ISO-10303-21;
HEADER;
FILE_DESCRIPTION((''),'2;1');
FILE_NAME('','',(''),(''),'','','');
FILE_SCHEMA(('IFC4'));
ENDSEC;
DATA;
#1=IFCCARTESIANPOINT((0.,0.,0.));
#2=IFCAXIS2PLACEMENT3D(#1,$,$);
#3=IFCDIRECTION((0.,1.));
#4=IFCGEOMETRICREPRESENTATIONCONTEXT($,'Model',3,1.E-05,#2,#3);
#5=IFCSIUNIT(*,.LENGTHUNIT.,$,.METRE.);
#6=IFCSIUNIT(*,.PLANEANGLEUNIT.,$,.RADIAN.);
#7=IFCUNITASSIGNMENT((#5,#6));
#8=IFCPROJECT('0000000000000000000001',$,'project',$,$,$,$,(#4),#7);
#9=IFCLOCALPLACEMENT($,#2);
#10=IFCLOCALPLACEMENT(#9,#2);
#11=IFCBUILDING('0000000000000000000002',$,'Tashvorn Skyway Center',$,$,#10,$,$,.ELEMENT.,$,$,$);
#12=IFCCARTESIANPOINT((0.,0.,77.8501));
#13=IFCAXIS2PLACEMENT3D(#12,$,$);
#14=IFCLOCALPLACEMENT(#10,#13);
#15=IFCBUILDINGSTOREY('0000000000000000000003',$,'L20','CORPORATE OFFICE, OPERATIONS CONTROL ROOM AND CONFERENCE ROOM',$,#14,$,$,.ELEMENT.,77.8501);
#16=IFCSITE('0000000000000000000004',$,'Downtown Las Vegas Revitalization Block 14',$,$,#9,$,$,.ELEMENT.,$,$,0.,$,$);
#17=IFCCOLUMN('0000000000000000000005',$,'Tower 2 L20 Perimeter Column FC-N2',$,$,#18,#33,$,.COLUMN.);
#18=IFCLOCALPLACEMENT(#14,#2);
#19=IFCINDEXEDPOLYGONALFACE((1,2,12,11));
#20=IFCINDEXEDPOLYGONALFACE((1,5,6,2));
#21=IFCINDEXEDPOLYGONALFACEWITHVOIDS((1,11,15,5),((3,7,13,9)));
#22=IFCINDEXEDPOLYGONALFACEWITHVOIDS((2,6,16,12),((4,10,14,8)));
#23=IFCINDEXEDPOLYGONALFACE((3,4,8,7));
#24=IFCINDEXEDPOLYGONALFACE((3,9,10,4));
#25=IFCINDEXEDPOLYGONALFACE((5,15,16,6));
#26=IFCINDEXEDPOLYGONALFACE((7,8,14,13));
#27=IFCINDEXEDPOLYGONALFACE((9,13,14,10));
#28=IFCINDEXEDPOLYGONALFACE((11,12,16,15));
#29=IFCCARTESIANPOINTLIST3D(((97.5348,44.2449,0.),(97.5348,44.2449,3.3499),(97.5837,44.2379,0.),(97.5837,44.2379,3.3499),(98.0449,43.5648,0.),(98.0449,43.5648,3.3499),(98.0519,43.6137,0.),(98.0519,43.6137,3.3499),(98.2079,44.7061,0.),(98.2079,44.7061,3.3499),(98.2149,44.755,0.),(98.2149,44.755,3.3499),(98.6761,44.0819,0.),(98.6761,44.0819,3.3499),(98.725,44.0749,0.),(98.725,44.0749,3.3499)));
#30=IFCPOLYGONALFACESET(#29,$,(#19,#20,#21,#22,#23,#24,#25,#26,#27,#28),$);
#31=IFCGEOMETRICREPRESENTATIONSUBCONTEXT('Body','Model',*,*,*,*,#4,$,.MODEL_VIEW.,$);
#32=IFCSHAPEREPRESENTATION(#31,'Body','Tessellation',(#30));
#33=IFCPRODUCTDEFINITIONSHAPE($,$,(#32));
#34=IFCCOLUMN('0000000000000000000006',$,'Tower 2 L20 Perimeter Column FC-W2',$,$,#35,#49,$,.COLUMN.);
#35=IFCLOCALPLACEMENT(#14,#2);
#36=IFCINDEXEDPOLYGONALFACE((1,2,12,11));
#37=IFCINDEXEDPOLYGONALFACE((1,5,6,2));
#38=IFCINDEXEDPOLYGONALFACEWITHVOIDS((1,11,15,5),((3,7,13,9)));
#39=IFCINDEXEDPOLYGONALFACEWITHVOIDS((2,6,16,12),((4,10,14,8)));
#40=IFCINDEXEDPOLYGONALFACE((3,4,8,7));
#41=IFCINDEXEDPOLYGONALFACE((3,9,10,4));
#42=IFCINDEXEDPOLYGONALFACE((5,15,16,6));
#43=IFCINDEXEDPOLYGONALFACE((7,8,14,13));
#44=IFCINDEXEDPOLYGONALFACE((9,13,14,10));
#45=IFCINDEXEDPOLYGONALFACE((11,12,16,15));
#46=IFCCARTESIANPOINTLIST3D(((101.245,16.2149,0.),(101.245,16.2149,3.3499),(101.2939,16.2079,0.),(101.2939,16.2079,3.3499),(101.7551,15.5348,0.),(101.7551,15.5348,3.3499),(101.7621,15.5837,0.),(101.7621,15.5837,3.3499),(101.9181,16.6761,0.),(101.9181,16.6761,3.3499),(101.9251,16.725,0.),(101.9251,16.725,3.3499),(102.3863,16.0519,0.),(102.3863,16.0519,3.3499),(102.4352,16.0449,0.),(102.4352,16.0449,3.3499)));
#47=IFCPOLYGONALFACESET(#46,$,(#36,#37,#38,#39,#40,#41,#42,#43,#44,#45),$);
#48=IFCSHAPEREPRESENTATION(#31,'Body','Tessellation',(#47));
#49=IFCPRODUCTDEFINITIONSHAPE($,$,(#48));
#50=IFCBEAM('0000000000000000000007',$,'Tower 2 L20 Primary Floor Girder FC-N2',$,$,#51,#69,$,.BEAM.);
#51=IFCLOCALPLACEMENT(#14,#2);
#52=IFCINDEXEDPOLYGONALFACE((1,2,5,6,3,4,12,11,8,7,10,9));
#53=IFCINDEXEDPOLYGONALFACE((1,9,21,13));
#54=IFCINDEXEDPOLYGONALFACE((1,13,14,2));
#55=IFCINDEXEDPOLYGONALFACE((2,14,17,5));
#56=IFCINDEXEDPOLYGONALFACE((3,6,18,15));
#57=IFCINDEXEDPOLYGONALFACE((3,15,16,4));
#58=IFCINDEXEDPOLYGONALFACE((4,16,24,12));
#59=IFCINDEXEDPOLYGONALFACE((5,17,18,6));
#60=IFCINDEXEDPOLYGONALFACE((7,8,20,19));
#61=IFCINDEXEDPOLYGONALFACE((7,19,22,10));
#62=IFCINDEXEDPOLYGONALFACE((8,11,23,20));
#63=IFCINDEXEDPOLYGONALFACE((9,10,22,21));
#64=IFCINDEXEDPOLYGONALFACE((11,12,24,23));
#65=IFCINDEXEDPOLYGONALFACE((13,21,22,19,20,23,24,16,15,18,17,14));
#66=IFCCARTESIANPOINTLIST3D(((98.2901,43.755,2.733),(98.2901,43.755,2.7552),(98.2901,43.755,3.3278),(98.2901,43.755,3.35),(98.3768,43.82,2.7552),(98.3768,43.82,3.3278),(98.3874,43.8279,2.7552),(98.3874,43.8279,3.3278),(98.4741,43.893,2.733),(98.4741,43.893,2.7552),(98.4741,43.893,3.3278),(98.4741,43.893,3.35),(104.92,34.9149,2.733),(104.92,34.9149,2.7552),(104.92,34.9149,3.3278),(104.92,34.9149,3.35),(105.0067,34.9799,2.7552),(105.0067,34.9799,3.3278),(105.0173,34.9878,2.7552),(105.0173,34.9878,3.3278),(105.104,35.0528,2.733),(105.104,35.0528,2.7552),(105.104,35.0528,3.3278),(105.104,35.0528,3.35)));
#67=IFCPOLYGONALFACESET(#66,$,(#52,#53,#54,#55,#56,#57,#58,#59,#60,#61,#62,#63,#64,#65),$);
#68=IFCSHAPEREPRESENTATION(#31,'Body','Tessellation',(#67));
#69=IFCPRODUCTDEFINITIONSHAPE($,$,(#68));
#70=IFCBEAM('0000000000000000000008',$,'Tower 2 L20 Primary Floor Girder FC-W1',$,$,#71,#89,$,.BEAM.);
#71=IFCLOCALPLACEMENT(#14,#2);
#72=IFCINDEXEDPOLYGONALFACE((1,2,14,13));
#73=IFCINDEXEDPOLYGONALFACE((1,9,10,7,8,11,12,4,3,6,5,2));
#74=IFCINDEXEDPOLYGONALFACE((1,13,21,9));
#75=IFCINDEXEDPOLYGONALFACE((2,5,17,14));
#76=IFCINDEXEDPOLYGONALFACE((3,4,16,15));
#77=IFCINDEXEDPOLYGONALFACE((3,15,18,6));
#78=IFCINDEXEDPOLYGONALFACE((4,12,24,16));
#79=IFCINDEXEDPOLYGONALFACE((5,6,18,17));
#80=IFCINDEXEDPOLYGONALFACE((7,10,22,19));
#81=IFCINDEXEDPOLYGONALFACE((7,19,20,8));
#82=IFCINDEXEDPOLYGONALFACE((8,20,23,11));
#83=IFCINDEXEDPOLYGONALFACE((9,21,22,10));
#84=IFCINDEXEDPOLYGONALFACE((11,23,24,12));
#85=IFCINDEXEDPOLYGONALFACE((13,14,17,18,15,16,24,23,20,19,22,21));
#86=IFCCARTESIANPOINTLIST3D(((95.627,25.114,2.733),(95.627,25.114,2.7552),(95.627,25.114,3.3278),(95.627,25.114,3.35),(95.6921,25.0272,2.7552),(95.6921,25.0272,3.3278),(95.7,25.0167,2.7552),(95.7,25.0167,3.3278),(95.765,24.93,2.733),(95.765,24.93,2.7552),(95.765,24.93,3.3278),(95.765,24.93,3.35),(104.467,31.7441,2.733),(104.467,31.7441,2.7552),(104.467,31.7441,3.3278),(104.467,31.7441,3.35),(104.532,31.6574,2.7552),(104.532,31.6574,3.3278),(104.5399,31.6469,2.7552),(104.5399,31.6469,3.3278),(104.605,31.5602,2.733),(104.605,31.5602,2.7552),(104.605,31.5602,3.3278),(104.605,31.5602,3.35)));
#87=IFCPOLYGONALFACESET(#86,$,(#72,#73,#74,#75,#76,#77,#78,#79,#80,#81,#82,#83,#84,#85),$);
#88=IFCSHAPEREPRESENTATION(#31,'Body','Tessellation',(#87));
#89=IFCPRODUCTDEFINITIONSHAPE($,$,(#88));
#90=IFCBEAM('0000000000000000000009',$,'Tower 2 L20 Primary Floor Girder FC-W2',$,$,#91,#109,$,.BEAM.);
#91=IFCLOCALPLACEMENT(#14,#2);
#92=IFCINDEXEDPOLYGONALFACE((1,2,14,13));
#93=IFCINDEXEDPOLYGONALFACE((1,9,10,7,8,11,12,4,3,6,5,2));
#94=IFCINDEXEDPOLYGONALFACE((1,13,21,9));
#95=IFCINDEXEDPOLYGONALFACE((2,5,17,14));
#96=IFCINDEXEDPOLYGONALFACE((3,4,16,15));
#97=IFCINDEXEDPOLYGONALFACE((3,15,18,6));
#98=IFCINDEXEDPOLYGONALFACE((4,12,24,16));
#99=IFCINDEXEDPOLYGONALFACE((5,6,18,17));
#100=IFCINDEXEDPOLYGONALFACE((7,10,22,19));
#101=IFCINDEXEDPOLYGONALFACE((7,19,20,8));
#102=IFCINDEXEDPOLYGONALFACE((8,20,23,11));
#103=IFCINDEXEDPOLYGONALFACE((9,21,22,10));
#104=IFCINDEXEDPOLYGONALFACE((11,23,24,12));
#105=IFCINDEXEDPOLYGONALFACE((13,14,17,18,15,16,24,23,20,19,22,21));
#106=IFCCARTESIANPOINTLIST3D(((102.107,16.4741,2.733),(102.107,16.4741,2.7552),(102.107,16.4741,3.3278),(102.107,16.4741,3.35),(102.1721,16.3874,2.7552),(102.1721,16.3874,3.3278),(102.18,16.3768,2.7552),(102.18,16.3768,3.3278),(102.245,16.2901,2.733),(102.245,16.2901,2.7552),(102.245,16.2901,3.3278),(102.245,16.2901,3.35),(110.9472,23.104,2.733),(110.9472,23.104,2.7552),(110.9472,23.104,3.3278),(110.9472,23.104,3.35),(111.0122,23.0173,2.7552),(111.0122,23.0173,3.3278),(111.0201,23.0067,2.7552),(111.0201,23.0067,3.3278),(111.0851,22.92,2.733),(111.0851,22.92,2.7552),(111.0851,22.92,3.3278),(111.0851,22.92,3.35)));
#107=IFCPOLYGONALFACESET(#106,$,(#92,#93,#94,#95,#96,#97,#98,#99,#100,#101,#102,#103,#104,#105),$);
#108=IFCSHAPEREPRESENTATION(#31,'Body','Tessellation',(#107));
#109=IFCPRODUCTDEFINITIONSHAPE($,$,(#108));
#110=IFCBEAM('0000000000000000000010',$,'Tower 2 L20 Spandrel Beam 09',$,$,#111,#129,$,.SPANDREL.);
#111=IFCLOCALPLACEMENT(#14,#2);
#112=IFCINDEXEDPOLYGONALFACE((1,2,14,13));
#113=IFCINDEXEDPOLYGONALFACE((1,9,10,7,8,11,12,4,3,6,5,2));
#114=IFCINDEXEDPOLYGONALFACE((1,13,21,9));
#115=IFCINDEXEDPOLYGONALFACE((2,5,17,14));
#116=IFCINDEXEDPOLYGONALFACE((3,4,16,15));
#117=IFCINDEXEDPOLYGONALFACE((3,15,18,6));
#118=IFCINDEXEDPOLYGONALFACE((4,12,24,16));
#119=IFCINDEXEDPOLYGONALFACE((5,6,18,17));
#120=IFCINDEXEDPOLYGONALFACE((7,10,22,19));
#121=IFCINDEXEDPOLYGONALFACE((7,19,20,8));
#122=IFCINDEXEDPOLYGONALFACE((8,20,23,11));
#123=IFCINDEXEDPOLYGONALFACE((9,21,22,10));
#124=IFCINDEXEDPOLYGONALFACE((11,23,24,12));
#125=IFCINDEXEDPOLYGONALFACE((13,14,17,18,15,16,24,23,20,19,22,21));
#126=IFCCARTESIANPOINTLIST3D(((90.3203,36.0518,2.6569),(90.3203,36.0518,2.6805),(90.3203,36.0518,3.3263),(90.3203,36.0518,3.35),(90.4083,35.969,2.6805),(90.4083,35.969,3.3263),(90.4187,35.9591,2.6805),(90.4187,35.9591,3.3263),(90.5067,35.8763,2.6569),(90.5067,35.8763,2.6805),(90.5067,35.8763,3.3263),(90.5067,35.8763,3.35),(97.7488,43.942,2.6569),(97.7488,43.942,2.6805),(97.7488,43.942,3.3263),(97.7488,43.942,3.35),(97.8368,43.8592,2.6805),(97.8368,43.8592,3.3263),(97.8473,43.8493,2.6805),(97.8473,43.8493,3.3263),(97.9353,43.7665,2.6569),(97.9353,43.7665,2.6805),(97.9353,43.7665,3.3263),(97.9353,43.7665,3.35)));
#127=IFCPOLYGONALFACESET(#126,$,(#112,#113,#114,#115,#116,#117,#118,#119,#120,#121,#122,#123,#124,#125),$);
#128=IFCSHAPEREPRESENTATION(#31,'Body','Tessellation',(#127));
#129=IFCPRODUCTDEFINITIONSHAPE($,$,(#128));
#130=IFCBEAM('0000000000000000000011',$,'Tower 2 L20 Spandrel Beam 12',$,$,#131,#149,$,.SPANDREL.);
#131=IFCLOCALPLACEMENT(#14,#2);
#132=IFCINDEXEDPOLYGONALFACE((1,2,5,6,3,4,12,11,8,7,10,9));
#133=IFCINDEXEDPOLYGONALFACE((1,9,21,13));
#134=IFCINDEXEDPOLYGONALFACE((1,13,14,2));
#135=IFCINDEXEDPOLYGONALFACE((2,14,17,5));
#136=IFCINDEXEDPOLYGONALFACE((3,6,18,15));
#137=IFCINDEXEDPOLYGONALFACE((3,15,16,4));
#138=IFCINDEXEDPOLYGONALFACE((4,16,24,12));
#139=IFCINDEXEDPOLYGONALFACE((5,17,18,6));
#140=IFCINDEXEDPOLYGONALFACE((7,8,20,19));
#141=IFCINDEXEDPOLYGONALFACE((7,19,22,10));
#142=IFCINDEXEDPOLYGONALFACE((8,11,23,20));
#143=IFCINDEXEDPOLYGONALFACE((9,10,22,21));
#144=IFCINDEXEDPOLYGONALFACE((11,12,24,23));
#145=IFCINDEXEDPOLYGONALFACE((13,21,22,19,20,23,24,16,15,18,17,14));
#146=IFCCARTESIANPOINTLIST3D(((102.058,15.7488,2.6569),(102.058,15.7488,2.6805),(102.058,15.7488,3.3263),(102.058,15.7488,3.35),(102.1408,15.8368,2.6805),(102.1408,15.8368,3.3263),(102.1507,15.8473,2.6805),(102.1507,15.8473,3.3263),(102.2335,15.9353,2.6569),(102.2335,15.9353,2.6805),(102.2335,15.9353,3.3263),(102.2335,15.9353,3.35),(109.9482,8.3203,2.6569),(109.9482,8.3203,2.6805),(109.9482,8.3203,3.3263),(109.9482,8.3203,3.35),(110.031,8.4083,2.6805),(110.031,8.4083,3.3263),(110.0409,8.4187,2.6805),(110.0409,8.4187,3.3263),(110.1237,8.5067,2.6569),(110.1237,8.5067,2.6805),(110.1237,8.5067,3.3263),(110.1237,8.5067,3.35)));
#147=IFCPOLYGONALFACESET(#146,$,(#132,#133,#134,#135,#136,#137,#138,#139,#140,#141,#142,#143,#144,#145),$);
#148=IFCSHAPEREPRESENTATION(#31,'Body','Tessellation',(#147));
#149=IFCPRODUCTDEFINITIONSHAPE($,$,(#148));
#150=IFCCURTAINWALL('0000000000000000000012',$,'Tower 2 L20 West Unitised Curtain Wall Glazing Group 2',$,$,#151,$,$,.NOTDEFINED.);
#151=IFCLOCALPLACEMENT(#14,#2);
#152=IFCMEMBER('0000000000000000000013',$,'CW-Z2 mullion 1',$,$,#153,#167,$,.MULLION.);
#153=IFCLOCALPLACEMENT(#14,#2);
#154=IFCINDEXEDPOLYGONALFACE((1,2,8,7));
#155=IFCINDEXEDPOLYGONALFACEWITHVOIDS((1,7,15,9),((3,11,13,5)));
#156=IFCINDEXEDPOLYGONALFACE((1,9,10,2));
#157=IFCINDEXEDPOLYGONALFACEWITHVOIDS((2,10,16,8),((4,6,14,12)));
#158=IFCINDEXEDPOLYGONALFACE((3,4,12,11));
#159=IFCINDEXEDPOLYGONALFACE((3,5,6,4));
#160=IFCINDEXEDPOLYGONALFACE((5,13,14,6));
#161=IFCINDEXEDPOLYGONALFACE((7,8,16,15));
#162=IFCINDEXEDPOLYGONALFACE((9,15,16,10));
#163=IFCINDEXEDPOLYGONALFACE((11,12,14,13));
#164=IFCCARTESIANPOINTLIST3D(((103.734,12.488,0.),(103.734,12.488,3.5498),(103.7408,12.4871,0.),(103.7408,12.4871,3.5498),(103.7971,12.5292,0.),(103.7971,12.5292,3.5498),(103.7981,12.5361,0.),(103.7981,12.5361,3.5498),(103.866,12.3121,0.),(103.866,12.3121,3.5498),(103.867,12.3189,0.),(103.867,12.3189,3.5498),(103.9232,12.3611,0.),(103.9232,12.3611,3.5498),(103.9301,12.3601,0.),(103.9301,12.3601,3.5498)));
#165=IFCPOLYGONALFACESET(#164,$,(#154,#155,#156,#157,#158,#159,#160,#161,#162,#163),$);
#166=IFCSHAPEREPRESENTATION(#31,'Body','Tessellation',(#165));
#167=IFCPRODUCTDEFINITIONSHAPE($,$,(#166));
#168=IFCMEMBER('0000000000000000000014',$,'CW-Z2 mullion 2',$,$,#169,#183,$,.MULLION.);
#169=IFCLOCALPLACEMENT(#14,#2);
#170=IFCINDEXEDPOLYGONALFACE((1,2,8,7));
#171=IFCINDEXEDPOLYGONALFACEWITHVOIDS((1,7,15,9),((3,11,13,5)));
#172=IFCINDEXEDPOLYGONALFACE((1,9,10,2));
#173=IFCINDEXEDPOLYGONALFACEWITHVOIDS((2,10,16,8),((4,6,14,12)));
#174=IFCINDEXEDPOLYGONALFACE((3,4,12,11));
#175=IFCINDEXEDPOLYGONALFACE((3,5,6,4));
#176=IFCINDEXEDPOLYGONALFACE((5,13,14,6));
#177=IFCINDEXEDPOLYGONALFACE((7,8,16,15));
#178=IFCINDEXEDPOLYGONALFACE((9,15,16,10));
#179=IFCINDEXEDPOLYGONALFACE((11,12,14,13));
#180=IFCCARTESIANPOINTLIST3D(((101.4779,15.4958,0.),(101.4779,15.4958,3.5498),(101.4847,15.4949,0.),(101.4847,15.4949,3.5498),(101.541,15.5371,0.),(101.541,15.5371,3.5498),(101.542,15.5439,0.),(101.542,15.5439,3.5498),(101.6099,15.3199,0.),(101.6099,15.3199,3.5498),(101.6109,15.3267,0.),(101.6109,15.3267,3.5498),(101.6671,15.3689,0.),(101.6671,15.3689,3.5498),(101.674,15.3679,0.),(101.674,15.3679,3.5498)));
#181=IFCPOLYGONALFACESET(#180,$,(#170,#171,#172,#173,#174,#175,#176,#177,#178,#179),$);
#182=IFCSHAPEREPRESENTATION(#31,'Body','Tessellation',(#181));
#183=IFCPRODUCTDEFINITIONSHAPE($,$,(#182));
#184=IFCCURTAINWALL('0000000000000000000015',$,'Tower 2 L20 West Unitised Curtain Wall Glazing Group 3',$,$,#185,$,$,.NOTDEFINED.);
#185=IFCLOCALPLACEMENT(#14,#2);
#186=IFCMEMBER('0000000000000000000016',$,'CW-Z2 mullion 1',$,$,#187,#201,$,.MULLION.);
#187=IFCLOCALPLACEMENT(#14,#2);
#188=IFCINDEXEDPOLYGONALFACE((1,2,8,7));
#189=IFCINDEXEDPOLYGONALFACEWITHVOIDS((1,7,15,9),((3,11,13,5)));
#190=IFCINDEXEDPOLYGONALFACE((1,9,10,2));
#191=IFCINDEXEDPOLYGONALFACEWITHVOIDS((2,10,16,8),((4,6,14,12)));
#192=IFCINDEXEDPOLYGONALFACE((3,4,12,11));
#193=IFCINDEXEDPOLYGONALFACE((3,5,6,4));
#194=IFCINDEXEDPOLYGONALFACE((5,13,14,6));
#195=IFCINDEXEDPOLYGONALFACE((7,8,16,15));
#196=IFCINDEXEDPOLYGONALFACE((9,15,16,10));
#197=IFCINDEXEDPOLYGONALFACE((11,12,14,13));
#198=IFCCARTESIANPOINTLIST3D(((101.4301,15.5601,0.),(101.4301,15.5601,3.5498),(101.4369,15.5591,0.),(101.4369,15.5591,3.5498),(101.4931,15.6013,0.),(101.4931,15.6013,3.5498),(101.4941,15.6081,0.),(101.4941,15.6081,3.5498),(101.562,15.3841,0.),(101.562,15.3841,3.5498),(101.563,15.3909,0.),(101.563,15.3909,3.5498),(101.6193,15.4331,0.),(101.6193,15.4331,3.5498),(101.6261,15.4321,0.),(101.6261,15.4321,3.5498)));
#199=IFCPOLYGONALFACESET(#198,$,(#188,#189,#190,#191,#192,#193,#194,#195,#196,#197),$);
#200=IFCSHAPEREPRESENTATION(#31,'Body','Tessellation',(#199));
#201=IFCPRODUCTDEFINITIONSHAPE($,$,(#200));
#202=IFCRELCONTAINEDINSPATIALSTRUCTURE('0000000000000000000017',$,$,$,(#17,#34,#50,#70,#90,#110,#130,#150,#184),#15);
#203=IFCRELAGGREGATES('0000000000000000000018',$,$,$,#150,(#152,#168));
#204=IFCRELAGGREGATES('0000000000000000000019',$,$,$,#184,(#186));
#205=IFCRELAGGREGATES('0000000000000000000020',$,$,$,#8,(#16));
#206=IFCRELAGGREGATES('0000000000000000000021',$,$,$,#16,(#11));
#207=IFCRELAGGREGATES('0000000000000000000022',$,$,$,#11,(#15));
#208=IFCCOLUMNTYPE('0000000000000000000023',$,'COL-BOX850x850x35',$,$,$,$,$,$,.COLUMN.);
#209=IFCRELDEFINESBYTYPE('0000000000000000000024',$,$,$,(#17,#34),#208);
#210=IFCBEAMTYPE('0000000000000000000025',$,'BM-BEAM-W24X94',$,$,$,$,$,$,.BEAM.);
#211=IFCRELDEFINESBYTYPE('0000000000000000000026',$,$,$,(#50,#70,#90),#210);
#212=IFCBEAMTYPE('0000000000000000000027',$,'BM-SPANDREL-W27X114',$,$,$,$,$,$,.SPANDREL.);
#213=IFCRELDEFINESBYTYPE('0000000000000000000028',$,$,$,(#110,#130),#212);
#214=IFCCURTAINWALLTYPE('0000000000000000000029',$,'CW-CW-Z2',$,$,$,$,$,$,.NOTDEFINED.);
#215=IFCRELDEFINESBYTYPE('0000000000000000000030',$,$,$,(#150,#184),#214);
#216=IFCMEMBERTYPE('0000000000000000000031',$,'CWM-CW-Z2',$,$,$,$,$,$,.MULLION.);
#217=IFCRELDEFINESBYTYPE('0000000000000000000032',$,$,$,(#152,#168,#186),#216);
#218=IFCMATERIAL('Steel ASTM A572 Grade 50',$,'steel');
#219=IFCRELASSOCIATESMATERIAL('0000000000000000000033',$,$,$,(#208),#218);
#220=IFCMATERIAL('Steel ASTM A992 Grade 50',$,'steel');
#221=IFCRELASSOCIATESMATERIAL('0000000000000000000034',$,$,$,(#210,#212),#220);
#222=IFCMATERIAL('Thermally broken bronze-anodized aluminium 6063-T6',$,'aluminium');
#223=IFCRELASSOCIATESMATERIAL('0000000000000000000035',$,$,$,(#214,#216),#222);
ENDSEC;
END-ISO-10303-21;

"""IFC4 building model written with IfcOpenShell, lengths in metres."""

from ifc_helpers import new_model, si_unit, direction, frame, origin, origin_2d, place, context, subcontext, project, spatial, hollow_rectangle, i_section, extrude, material, material_profile, profile_set, type_object, element, aggregate, save


model = new_model("IFC4")

# Units and contexts
model_context = context("Model", 3, precision=1e-05, world=origin(), true_north=direction((0.0, 1.0)))
body_context = subcontext(model_context, "Body", "Model", "MODEL_VIEW")
ifc_project = project(units=[si_unit("LENGTHUNIT", "METRE"), si_unit("PLANEANGLEUNIT", "RADIAN")], contexts=[model_context])

# Site, building, storey
site_placement = place(None, origin())
site = spatial("IfcSite", under=ifc_project, at=site_placement, Name="Downtown Las Vegas Revitalization Block 14", CompositionType="ELEMENT", RefElevation=0.0)
building_placement = place(site_placement, origin())
building = spatial("IfcBuilding", under=site, at=building_placement, Name="Tashvorn Skyway Center", CompositionType="ELEMENT")
storey_placement = place(building_placement, frame((0.0, 0.0, 77.8501)))
storey = spatial("IfcBuildingStorey", under=building, at=storey_placement, Name="L20", Description="CORPORATE OFFICE, OPERATIONS CONTROL ROOM AND CONFERENCE ROOM", CompositionType="ELEMENT", Elevation=77.8501)

# Columns
ifc_material_1 = material(Name="Steel ASTM A572 Grade 50", Category="steel")
ifc_material_profile_1 = material_profile(ifc_material_1, hollow_rectangle(XDim=0.8501, YDim=0.8501, WallThickness=0.0349, at=origin_2d()), Name="BOX850x850x35")
ifc_profile_set_1 = profile_set([ifc_material_profile_1], Name="Steel ASTM A572 Grade 50")
column_type = type_object("IfcColumnType", Name="COL-BOX850x850x35", PredefinedType="COLUMN", material=ifc_profile_set_1)
for number, where, z_axis, x_axis, name in (
    (1, (98.1299, 44.1599, 0.0), (0.0, 0.0, 1.0), (0.8, 0.6, 0.0), "Tower 2 L20 Perimeter Column FC-N2"),
    (2, (101.8401, 16.1299, 0.0), (0.0, 0.0, 1.0), (0.8, 0.6, 0.0), "Tower 2 L20 Perimeter Column FC-W2"),
):
    element("IfcColumn", number, at=place(storey_placement, frame(where, z_axis=z_axis, x_axis=x_axis)), inside=storey, type_object=column_type, Name=name, PredefinedType="COLUMN", context=body_context, shape_type="SweptSolid", body=[
        extrude(hollow_rectangle(XDim=0.8501, YDim=0.8501, WallThickness=0.0349, at=origin_2d()), origin(), (0.0, 0.0, 1.0), 3.3499),
    ])

# Beams
ifc_material_2 = material(Name="Steel ASTM A992 Grade 50", Category="steel")
ifc_material_profile_2 = material_profile(ifc_material_2, i_section(OverallWidth=0.23, OverallDepth=0.6169, WebThickness=0.0132, FlangeThickness=0.0222, at=origin_2d()), Name="W24X94")
ifc_profile_set_2 = profile_set([ifc_material_profile_2], Name="Steel ASTM A992 Grade 50")
beam_type_1 = type_object("IfcBeamType", Name="BM-BEAM-W24X94", PredefinedType="BEAM", material=ifc_profile_set_2)
for number, where, z_axis, x_axis, name in (
    (3, (98.3821, 43.824, 3.0415), (0.599989, -0.800008, 0.0), (0.800008, 0.599989, 0.0), "Tower 2 L20 Primary Floor Girder FC-N2"),
    (4, (95.696, 25.022, 3.0415), (0.799989, 0.600014, 0.0), (-0.600014, 0.799989, 0.0), "Tower 2 L20 Primary Floor Girder FC-W1"),
    (5, (102.176, 16.3821, 3.0415), (0.800008, 0.599989, 0.0), (-0.599989, 0.800008, 0.0), "Tower 2 L20 Primary Floor Girder FC-W2"),
):
    element("IfcBeam", number, at=place(storey_placement, frame(where, z_axis=z_axis, x_axis=x_axis)), inside=storey, type_object=beam_type_1, Name=name, PredefinedType="BEAM", context=body_context, shape_type="SweptSolid", body=[
        extrude(i_section(OverallWidth=0.23, OverallDepth=0.6169, WebThickness=0.0132, FlangeThickness=0.0222, at=origin_2d()), origin(), (0.0, 0.0, 1.0), 11.05),
    ])
ifc_material_profile_3 = material_profile(ifc_material_2, i_section(OverallWidth=0.2561, OverallDepth=0.6931, WebThickness=0.0144, FlangeThickness=0.0237, at=origin_2d()), Name="W27X114")
ifc_profile_set_3 = profile_set([ifc_material_profile_3], Name="Steel ASTM A992 Grade 50")
beam_type_2 = type_object("IfcBeamType", Name="BM-SPANDREL-W27X114", PredefinedType="SPANDREL", material=ifc_profile_set_3)
for number, where, z_axis, x_axis, name in (
    (6, (97.842, 43.8542, 3.0034), (-0.685485, -0.728087, 0.0), (0.728087, -0.685485, 0.0), "Tower 2 L20 Spandrel Beam 09"),
    (7, (102.1458, 15.842, 3.0034), (0.728087, -0.685485, 0.0), (0.685485, 0.728087, 0.0), "Tower 2 L20 Spandrel Beam 12"),
):
    element("IfcBeam", number, at=place(storey_placement, frame(where, z_axis=z_axis, x_axis=x_axis)), inside=storey, type_object=beam_type_2, Name=name, PredefinedType="SPANDREL", context=body_context, shape_type="SweptSolid", body=[
        extrude(i_section(OverallWidth=0.2561, OverallDepth=0.6931, WebThickness=0.0144, FlangeThickness=0.0237, at=origin_2d()), origin(), (0.0, 0.0, 1.0), 10.8369),
    ])

# Curtain wall, members
ifc_material_3 = material(Name="Thermally broken bronze-anodized aluminium 6063-T6", Category="aluminium")
curtain_wall_type = type_object("IfcCurtainWallType", Name="CW-CW-Z2", PredefinedType="NOTDEFINED", material=ifc_material_3)
curtain_wall_1_placement = place(storey_placement, origin())
curtain_wall_1 = element("IfcCurtainWall", 8, at=curtain_wall_1_placement, inside=storey, type_object=curtain_wall_type, Name="Tower 2 L20 West Unitised Curtain Wall Glazing Group 2", PredefinedType="NOTDEFINED")
ifc_material_profile_4 = material_profile(ifc_material_3, hollow_rectangle(XDim=0.0801, YDim=0.22, WallThickness=0.0049, at=origin_2d()), Name="ALU-MULL-80x220")
ifc_profile_set_4 = profile_set([ifc_material_profile_4], Name="Thermally broken bronze-anodized aluminium 6063-T6")
member_type_1 = type_object("IfcMemberType", Name="CWM-CW-Z2", PredefinedType="MULLION", material=ifc_profile_set_4)
member_1_placement = place(storey_placement, frame((103.832, 12.4241, 0.0), z_axis=(0.0, 0.0, 1.0), x_axis=(-0.8, -0.6, 0.0)))
member_1 = element("IfcMember", 9, at=member_1_placement, type_object=member_type_1, Name="CW-Z2 mullion 1", PredefinedType="MULLION", context=body_context, shape_type="SweptSolid", body=[
    extrude(hollow_rectangle(XDim=0.0801, YDim=0.22, WallThickness=0.0049, at=origin_2d()), origin(), (0.0, 0.0, 1.0), 3.5498),
])
member_2_placement = place(storey_placement, frame((101.5759, 15.4319, 0.0), z_axis=(0.0, 0.0, 1.0), x_axis=(-0.8, -0.6, 0.0)))
member_2 = element("IfcMember", 10, at=member_2_placement, type_object=member_type_1, Name="CW-Z2 mullion 2", PredefinedType="MULLION", context=body_context, shape_type="SweptSolid", body=[
    extrude(hollow_rectangle(XDim=0.0801, YDim=0.22, WallThickness=0.0049, at=origin_2d()), origin(), (0.0, 0.0, 1.0), 3.5498),
])

# Curtain wall, member
curtain_wall_2_placement = place(storey_placement, origin())
curtain_wall_2 = element("IfcCurtainWall", 11, at=curtain_wall_2_placement, inside=storey, type_object=curtain_wall_type, Name="Tower 2 L20 West Unitised Curtain Wall Glazing Group 3", PredefinedType="NOTDEFINED")
member_3_placement = place(storey_placement, frame((101.5281, 15.4961, 0.0), z_axis=(0.0, 0.0, 1.0), x_axis=(-0.8, -0.6, 0.0)))
member_3 = element("IfcMember", 12, at=member_3_placement, type_object=member_type_1, Name="CW-Z2 mullion 1", PredefinedType="MULLION", context=body_context, shape_type="SweptSolid", body=[
    extrude(hollow_rectangle(XDim=0.0801, YDim=0.22, WallThickness=0.0049, at=origin_2d()), origin(), (0.0, 0.0, 1.0), 3.5498),
])

aggregate(curtain_wall_1, [member_1, member_2])
aggregate(curtain_wall_2, [member_3])

save(model, "model.ifc")
